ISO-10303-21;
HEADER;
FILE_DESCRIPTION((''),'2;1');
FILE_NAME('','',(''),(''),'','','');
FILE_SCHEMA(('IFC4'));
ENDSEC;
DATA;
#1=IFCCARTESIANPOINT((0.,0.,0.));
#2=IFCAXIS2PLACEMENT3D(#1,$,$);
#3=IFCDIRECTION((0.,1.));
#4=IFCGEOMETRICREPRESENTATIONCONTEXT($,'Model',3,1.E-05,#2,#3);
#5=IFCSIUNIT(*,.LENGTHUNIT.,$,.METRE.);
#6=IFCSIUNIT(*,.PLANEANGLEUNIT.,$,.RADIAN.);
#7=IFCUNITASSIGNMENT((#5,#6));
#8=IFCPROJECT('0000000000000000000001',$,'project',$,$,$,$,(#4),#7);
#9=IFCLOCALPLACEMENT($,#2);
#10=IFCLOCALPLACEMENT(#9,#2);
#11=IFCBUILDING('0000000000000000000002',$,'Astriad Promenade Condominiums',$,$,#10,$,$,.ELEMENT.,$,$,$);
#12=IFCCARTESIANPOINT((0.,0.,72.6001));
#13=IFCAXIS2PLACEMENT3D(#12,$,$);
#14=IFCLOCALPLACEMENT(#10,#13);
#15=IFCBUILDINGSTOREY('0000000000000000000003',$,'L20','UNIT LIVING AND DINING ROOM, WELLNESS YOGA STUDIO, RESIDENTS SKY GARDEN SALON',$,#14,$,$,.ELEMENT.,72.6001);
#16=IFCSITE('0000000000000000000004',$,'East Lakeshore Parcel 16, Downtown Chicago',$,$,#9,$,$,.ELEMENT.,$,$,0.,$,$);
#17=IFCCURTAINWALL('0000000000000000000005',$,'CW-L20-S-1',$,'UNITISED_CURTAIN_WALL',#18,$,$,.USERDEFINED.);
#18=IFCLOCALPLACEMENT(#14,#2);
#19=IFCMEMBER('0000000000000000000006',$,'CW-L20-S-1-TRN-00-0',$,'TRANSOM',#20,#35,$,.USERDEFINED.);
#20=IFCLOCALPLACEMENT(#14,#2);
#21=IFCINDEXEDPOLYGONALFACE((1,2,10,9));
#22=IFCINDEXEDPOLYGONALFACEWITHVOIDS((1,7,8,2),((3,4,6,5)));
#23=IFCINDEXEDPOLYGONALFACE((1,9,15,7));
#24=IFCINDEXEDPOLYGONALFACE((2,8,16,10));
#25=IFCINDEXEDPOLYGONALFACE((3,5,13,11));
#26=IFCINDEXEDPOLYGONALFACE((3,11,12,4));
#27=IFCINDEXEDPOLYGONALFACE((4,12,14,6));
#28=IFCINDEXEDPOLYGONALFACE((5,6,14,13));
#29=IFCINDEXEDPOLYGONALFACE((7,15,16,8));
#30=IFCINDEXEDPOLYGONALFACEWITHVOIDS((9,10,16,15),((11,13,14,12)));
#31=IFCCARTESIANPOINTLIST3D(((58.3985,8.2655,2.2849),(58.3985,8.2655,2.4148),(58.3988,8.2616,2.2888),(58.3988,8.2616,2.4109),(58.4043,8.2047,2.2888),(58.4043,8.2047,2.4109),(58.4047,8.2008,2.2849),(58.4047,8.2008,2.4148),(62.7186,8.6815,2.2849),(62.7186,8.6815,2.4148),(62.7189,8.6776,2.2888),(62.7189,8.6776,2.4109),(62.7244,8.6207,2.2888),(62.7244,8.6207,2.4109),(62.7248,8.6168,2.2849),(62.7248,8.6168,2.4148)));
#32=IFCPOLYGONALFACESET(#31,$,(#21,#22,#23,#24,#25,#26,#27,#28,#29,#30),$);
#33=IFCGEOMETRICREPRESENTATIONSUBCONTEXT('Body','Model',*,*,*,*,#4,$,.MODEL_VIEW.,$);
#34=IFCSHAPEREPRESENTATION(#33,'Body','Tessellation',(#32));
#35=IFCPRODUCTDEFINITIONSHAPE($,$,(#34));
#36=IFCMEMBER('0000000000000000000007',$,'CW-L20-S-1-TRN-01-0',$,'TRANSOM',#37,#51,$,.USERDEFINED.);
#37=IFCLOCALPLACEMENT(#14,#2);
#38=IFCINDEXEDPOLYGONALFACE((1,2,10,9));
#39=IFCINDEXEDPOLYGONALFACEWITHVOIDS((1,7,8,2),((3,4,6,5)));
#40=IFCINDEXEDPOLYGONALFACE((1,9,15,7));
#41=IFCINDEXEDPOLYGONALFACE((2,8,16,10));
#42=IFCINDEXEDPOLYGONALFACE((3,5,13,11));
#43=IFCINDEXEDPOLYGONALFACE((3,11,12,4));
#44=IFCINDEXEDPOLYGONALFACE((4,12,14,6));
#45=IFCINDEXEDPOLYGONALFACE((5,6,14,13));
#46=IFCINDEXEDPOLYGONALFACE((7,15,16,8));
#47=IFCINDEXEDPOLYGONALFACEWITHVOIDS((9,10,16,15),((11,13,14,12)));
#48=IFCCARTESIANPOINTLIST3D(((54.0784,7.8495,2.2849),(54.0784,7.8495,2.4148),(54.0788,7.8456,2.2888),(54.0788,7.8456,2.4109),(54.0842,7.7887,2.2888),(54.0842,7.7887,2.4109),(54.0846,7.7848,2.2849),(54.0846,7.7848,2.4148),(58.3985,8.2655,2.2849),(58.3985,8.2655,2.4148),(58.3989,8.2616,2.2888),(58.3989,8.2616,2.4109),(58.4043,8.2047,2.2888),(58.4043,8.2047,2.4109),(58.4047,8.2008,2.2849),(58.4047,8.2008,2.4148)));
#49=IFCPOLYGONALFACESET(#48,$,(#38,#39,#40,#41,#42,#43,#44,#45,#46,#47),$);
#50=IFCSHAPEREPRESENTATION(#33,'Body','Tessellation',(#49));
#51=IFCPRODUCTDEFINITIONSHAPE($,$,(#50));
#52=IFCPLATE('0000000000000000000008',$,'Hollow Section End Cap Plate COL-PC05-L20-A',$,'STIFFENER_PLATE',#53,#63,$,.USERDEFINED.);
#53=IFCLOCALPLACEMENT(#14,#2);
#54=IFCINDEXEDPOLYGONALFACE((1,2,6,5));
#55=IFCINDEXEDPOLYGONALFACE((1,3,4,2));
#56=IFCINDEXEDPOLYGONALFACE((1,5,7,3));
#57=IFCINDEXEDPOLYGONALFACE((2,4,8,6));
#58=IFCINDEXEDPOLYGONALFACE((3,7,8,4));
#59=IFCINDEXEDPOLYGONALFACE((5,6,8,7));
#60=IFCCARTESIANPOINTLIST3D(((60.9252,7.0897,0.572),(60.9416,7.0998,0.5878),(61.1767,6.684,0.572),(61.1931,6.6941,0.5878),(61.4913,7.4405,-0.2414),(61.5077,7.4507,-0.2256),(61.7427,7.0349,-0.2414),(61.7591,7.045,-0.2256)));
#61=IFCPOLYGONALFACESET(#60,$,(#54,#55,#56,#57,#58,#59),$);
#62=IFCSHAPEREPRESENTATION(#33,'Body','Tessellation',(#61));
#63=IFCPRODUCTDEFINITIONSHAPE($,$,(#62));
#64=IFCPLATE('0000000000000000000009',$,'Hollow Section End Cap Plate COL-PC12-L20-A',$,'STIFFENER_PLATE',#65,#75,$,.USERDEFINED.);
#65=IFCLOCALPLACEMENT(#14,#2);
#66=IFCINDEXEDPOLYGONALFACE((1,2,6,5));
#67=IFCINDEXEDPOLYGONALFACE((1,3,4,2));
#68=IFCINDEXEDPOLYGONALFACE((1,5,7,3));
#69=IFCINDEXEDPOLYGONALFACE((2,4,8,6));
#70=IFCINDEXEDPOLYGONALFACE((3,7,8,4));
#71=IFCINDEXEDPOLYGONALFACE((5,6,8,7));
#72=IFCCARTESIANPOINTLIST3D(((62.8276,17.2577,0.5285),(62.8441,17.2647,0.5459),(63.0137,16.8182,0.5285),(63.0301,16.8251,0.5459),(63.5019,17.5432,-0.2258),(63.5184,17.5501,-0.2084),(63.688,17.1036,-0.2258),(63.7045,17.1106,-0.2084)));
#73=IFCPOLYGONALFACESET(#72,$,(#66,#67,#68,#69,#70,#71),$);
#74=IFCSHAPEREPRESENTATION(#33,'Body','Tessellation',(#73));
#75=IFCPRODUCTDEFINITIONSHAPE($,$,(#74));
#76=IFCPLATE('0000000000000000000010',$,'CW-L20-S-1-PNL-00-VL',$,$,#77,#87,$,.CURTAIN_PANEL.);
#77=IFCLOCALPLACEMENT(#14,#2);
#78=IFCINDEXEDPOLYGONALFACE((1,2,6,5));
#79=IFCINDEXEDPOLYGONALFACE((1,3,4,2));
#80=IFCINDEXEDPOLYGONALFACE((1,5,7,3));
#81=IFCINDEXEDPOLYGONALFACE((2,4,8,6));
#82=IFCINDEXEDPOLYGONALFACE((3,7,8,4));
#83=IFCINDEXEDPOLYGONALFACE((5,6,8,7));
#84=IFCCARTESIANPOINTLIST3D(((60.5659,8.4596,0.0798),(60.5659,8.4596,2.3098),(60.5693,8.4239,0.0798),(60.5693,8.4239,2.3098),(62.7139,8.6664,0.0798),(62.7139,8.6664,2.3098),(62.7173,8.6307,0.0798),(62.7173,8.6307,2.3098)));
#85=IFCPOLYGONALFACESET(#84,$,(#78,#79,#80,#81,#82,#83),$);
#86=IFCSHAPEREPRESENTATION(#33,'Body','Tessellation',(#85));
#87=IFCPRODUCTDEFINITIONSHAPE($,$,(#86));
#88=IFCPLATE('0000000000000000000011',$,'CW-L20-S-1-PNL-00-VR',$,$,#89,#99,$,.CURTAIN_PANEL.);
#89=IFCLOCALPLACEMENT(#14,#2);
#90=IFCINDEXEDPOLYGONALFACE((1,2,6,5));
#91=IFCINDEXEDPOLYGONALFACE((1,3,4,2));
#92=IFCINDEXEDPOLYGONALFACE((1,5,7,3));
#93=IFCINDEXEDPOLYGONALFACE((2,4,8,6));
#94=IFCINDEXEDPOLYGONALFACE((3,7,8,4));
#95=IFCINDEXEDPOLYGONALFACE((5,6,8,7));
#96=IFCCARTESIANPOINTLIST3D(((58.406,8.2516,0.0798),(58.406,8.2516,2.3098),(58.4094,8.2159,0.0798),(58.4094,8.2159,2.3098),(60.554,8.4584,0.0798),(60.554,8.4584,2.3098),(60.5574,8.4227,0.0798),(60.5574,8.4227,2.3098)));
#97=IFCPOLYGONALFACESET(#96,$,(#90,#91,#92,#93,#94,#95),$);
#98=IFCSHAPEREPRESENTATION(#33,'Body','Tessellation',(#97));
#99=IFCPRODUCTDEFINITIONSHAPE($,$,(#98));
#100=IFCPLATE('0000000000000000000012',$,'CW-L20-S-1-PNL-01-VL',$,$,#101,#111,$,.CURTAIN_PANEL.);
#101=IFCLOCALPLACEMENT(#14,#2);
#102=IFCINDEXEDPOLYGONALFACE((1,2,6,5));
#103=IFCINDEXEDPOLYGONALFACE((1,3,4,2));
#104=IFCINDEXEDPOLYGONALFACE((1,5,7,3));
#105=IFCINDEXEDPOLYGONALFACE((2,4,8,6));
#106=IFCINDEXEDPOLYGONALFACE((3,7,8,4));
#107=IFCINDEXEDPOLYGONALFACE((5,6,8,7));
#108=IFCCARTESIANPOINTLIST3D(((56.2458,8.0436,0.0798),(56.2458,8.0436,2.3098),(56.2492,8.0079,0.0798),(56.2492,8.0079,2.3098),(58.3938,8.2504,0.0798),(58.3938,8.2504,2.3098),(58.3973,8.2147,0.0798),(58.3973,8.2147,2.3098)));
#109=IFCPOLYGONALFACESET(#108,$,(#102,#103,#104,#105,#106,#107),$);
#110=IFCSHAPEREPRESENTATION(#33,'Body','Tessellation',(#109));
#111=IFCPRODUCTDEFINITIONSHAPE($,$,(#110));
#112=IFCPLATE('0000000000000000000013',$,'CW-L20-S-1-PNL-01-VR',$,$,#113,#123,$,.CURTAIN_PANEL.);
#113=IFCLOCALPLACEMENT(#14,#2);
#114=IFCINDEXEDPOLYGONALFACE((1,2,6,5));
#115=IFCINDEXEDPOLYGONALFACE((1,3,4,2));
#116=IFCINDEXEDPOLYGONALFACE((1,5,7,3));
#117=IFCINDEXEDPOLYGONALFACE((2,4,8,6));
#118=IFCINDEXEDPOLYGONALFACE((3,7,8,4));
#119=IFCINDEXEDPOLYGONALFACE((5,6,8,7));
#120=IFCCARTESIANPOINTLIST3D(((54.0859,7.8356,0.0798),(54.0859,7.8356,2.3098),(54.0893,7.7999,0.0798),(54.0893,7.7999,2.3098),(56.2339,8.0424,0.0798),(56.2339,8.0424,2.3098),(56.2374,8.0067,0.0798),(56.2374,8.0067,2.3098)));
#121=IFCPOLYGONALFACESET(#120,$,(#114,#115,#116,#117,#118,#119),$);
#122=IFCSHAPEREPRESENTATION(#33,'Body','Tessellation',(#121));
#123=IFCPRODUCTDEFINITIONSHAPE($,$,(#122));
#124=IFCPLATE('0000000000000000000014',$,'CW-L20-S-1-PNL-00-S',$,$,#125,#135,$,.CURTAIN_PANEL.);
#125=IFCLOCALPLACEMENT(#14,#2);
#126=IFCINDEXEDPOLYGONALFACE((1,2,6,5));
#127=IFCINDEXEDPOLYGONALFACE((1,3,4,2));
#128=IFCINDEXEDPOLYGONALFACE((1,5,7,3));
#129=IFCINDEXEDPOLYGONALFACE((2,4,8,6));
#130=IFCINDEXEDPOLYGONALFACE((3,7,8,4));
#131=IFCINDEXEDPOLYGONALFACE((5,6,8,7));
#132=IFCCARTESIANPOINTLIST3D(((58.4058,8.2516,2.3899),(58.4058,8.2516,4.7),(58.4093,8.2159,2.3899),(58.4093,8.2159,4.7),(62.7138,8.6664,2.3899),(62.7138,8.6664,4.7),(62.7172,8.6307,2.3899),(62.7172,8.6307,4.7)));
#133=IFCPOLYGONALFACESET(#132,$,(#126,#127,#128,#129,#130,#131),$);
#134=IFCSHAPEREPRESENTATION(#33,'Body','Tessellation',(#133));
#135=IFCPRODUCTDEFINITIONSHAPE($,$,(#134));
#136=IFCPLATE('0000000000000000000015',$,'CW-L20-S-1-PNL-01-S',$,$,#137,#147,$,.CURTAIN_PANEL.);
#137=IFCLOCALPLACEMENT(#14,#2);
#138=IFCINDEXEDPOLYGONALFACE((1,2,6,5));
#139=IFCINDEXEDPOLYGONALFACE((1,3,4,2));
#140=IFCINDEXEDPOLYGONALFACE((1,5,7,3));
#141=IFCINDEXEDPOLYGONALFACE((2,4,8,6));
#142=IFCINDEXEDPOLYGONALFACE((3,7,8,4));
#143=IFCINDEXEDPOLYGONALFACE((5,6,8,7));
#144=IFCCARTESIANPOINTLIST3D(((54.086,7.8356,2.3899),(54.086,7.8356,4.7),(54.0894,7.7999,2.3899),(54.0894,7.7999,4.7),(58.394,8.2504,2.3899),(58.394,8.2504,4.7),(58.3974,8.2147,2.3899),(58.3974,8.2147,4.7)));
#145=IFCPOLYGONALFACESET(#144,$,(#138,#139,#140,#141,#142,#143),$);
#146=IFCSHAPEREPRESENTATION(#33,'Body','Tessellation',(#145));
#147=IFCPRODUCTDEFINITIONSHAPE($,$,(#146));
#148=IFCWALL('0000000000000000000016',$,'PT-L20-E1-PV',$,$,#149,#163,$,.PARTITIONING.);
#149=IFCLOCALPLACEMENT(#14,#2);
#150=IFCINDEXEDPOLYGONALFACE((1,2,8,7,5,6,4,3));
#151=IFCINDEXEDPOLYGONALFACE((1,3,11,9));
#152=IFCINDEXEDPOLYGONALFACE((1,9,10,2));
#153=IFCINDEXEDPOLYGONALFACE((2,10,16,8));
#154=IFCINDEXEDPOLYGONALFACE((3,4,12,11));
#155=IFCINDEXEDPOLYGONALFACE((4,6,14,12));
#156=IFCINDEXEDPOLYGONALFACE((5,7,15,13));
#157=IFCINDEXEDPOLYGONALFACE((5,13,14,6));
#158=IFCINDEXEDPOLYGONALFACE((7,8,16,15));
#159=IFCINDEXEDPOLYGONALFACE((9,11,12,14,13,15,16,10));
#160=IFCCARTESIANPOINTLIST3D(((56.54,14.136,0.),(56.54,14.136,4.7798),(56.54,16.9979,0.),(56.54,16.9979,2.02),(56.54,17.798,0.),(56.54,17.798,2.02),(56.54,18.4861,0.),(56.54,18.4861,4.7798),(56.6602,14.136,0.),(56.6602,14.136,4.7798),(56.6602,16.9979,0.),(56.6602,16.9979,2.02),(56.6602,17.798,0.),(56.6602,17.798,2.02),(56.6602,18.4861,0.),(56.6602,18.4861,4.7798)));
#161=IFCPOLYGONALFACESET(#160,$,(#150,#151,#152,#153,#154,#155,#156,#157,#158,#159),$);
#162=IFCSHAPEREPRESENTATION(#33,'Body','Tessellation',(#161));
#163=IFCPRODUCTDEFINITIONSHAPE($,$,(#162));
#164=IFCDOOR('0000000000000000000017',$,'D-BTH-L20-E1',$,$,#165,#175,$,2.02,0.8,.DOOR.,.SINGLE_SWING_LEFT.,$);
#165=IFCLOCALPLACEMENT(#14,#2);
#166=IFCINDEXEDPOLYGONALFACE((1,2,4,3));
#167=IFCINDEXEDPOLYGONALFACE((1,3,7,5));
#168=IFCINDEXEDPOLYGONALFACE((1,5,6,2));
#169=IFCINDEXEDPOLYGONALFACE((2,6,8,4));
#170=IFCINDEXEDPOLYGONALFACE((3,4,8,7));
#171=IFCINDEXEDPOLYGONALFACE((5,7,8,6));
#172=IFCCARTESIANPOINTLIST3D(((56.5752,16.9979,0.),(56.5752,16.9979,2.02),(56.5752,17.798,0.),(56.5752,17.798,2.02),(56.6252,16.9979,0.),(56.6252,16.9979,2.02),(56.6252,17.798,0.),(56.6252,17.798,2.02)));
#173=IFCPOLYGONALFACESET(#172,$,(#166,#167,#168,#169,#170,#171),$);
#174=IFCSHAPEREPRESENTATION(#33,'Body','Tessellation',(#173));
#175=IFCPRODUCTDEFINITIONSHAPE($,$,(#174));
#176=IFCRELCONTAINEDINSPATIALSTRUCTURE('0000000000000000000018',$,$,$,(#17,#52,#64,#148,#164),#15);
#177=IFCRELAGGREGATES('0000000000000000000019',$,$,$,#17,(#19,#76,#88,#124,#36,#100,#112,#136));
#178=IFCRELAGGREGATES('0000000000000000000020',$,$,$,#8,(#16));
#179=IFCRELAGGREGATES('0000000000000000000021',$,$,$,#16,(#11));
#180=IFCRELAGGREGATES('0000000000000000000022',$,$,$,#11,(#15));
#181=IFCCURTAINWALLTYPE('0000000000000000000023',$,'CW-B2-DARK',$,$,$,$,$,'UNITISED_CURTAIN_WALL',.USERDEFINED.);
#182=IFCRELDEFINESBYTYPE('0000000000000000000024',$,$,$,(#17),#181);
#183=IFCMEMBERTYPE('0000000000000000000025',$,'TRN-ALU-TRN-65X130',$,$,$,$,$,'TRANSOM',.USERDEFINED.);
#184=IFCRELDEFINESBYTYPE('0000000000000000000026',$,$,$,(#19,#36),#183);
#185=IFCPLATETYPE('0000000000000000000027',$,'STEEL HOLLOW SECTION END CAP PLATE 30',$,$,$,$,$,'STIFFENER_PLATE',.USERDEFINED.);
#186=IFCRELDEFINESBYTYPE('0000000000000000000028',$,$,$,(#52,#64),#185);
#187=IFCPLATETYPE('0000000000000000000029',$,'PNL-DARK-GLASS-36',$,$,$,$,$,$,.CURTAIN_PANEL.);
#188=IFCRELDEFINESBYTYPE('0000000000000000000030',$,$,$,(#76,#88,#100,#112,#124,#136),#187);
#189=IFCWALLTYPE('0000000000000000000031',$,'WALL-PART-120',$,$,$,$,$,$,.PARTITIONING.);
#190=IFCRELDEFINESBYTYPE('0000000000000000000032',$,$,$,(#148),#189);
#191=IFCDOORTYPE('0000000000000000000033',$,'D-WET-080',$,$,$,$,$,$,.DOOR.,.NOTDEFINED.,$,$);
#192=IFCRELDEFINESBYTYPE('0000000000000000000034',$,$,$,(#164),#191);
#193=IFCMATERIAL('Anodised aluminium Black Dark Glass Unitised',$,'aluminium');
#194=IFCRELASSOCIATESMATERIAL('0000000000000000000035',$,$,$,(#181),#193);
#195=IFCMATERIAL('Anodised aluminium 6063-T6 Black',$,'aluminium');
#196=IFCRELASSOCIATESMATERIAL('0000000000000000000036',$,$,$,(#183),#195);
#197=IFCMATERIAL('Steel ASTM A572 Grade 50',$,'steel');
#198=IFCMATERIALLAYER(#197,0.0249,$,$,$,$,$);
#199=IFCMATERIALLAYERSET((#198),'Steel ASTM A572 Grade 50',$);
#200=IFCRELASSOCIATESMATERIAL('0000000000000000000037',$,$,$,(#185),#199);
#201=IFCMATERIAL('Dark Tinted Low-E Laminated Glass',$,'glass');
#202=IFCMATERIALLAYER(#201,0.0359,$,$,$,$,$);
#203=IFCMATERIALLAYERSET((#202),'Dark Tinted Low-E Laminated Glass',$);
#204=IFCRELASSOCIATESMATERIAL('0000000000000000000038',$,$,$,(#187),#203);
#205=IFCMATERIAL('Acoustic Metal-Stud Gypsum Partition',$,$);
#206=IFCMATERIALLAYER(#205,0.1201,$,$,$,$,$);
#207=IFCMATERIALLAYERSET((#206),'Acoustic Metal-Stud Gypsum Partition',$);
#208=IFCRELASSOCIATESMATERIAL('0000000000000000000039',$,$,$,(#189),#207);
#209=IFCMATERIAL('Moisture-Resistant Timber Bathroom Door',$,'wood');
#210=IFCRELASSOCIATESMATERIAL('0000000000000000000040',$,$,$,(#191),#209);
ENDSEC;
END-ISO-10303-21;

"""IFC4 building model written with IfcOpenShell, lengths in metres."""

from ifc_helpers import new_model, si_unit, direction, frame, frame_2d, origin, origin_2d, place, context, subcontext, project, spatial, rectangle, hollow_rectangle, extrude, source, transform, mapped, material, layer, layer_set, material_profile, profile_set, type_object, type_shapes, element, fill, aggregate, save


model = new_model("IFC4")

# Units and contexts
model_context = context("Model", 3, precision=1e-05, world=origin(), true_north=direction((0.0, 1.0)))
body_context = subcontext(model_context, "Body", "Model", "MODEL_VIEW")
ifc_project = project(units=[si_unit("LENGTHUNIT", "METRE"), si_unit("PLANEANGLEUNIT", "RADIAN")], contexts=[model_context])

# Site, building, storey
site_placement = place(None, origin())
site = spatial("IfcSite", under=ifc_project, at=site_placement, Name="East Lakeshore Parcel 16, Downtown Chicago", CompositionType="ELEMENT", RefElevation=0.0)
building_placement = place(site_placement, origin())
building = spatial("IfcBuilding", under=site, at=building_placement, Name="Astriad Promenade Condominiums", CompositionType="ELEMENT")
storey_placement = place(building_placement, frame((0.0, 0.0, 72.6001)))
storey = spatial("IfcBuildingStorey", under=building, at=storey_placement, Name="L20", Description="UNIT LIVING AND DINING ROOM, WELLNESS YOGA STUDIO, RESIDENTS SKY GARDEN SALON", CompositionType="ELEMENT", Elevation=72.6001)

# Curtain wall, members
ifc_material_1 = material(Name="Anodised aluminium Black Dark Glass Unitised", Category="aluminium")
curtain_wall_type = type_object("IfcCurtainWallType", Name="CW-B2-DARK", ElementType="UNITISED_CURTAIN_WALL", PredefinedType="USERDEFINED", material=ifc_material_1)
curtain_wall_placement = place(storey_placement, origin())
curtain_wall = element("IfcCurtainWall", 1, at=curtain_wall_placement, inside=storey, type_object=curtain_wall_type, Name="CW-L20-S-1", ObjectType="UNITISED_CURTAIN_WALL", PredefinedType="USERDEFINED")
ifc_material_2 = material(Name="Anodised aluminium 6063-T6 Black", Category="aluminium")
ifc_material_profile_1 = material_profile(ifc_material_2, hollow_rectangle(XDim=0.0649, YDim=0.1299, WallThickness=0.0039, at=origin_2d()), Name="ALU-TRN-65X130")
ifc_profile_set_1 = profile_set([ifc_material_profile_1], Name="Anodised aluminium 6063-T6 Black")
member_type_1 = type_object("IfcMemberType", Name="TRN-ALU-TRN-65X130", ElementType="TRANSOM", PredefinedType="USERDEFINED", material=ifc_profile_set_1)
shared_shape_1 = source(origin(), body_context, "Body", "SweptSolid", [
    extrude(hollow_rectangle(XDim=0.0649, YDim=0.1299, WallThickness=0.0039, at=origin_2d()), origin(), (0.0, 0.0, 1.0), 4.3401),
])
type_shapes(member_type_1, [shared_shape_1])
member_1_placement = place(storey_placement, frame((62.7217, 8.6492, 2.3499), z_axis=(-0.995395, -0.095855, 0.0), x_axis=(0.095855, -0.995395, 0.0)))
member_1 = element("IfcMember", 2, at=member_1_placement, type_object=member_type_1, Name="CW-L20-S-1-TRN-00-0", ObjectType="TRANSOM", PredefinedType="USERDEFINED", context=body_context, shape_type="MappedRepresentation", body=[
    mapped(shared_shape_1, transform((0.0, 0.0, 0.0), scale=1.0)),
])
member_2_placement = place(storey_placement, frame((58.4016, 8.2332, 2.3499), z_axis=(-0.995395, -0.095855, 0.0), x_axis=(0.095855, -0.995395, 0.0)))
member_2 = element("IfcMember", 3, at=member_2_placement, type_object=member_type_1, Name="CW-L20-S-1-TRN-01-0", ObjectType="TRANSOM", PredefinedType="USERDEFINED", context=body_context, shape_type="MappedRepresentation", body=[
    mapped(shared_shape_1, transform((0.0, 0.0, 0.0), scale=1.0)),
])

# Plates
ifc_material_3 = material(Name="Steel ASTM A572 Grade 50", Category="steel")
ifc_layer_1 = layer(ifc_material_3, 0.0249)
ifc_layer_set_1 = layer_set([ifc_layer_1], Name="Steel ASTM A572 Grade 50")
plate_type_1 = type_object("IfcPlateType", Name="STEEL HOLLOW SECTION END CAP PLATE 30", ElementType="STIFFENER_PLATE", PredefinedType="USERDEFINED", material=ifc_layer_set_1)
shared_shape_2 = source(origin(), body_context, "Body", "SweptSolid", [
    extrude(rectangle(XDim=0.4773, YDim=1.0513, at=origin_2d()), origin(), (0.0, 0.0, 1.0), 0.0249),
])
type_shapes(plate_type_1, [shared_shape_2])
for number, where, z_axis, x_axis, name in (
    (4, (61.334, 7.0623, 0.1653), (0.657639, 0.407656, 0.633504), (-0.526865, 0.849949, 0.0), "Hollow Section End Cap Plate COL-PC05-L20-A"),
    (5, (63.2578, 17.1807, 0.1514), (0.660734, 0.279735, 0.696548), (-0.38987, 0.92087, 0.0), "Hollow Section End Cap Plate COL-PC12-L20-A"),
):
    element("IfcPlate", number, at=place(storey_placement, frame(where, z_axis=z_axis, x_axis=x_axis)), inside=storey, type_object=plate_type_1, Name=name, ObjectType="STIFFENER_PLATE", PredefinedType="USERDEFINED", context=body_context, shape_type="MappedRepresentation", body=[
        mapped(shared_shape_2, transform((0.0, 0.0, 0.0), scale=1.0)),
    ])

# Plates
ifc_material_4 = material(Name="Dark Tinted Low-E Laminated Glass", Category="glass")
ifc_layer_2 = layer(ifc_material_4, 0.0359)
ifc_layer_set_2 = layer_set([ifc_layer_2], Name="Dark Tinted Low-E Laminated Glass")
plate_type_2 = type_object("IfcPlateType", Name="PNL-DARK-GLASS-36", PredefinedType="CURTAIN_PANEL", material=ifc_layer_set_2)
shared_shape_3 = source(origin(), body_context, "Body", "SweptSolid", [
    extrude(rectangle(XDim=2.158, YDim=0.0359, at=origin_2d()), origin(), (0.0, 0.0, 1.0), 2.23),
])
plate_1_placement = place(storey_placement, frame((61.6416, 8.5452, 0.0798), z_axis=(0.0, 0.0, 1.0), x_axis=(-0.995396, -0.095846, 0.0)))
plate_1 = element("IfcPlate", 6, at=plate_1_placement, type_object=plate_type_2, Name="CW-L20-S-1-PNL-00-VL", PredefinedType="CURTAIN_PANEL", context=body_context, shape_type="MappedRepresentation", body=[
    mapped(shared_shape_3, transform((0.0, 0.0, 0.0), scale=1.0)),
])
plate_2_placement = place(storey_placement, frame((59.4817, 8.3372, 0.0798), z_axis=(0.0, 0.0, 1.0), x_axis=(-0.995396, -0.095846, 0.0)))
plate_2 = element("IfcPlate", 7, at=plate_2_placement, type_object=plate_type_2, Name="CW-L20-S-1-PNL-00-VR", PredefinedType="CURTAIN_PANEL", context=body_context, shape_type="MappedRepresentation", body=[
    mapped(shared_shape_3, transform((0.0, 0.0, 0.0), scale=1.0)),
])
plate_3_placement = place(storey_placement, frame((57.3215, 8.1292, 0.0798), z_axis=(0.0, 0.0, 1.0), x_axis=(-0.995396, -0.095846, 0.0)))
plate_3 = element("IfcPlate", 8, at=plate_3_placement, type_object=plate_type_2, Name="CW-L20-S-1-PNL-01-VL", PredefinedType="CURTAIN_PANEL", context=body_context, shape_type="MappedRepresentation", body=[
    mapped(shared_shape_3, transform((0.0, 0.0, 0.0), scale=1.0)),
])
plate_4_placement = place(storey_placement, frame((55.1616, 7.9211, 0.0798), z_axis=(0.0, 0.0, 1.0), x_axis=(-0.995396, -0.095846, 0.0)))
plate_4 = element("IfcPlate", 9, at=plate_4_placement, type_object=plate_type_2, Name="CW-L20-S-1-PNL-01-VR", PredefinedType="CURTAIN_PANEL", context=body_context, shape_type="MappedRepresentation", body=[
    mapped(shared_shape_3, transform((0.0, 0.0, 0.0), scale=1.0)),
])
shared_shape_4 = source(origin(), body_context, "Body", "SweptSolid", [
    extrude(rectangle(XDim=4.3279, YDim=0.0359, at=origin_2d()), origin(), (0.0, 0.0, 1.0), 2.3101),
])
type_shapes(plate_type_2, [shared_shape_3, shared_shape_4])
plate_5_placement = place(storey_placement, frame((60.5615, 8.4412, 2.3899), z_axis=(0.0, 0.0, 1.0), x_axis=(-0.995396, -0.095846, 0.0)))
plate_5 = element("IfcPlate", 10, at=plate_5_placement, type_object=plate_type_2, Name="CW-L20-S-1-PNL-00-S", PredefinedType="CURTAIN_PANEL", context=body_context, shape_type="MappedRepresentation", body=[
    mapped(shared_shape_4, transform((0.0, 0.0, 0.0), scale=1.0)),
])
plate_6_placement = place(storey_placement, frame((56.2417, 8.0251, 2.3899), z_axis=(0.0, 0.0, 1.0), x_axis=(-0.995396, -0.095846, 0.0)))
plate_6 = element("IfcPlate", 11, at=plate_6_placement, type_object=plate_type_2, Name="CW-L20-S-1-PNL-01-S", PredefinedType="CURTAIN_PANEL", context=body_context, shape_type="MappedRepresentation", body=[
    mapped(shared_shape_4, transform((0.0, 0.0, 0.0), scale=1.0)),
])
aggregate(curtain_wall, [member_1, plate_1, plate_2, plate_5, member_2, plate_3, plate_4, plate_6])

# Wall, opening, door
ifc_material_5 = material(Name="Acoustic Metal-Stud Gypsum Partition")
ifc_layer_3 = layer(ifc_material_5, 0.1201)
ifc_layer_set_3 = layer_set([ifc_layer_3], Name="Acoustic Metal-Stud Gypsum Partition")
wall_type = type_object("IfcWallType", Name="WALL-PART-120", PredefinedType="PARTITIONING", material=ifc_layer_set_3)
wall_1_placement = place(storey_placement, frame((56.6001, 14.136, 0.0), z_axis=(0.0, 0.0, 1.0), x_axis=(0.0, 1.0, 0.0)))
wall_1 = element("IfcWall", 12, at=wall_1_placement, inside=storey, type_object=wall_type, Name="PT-L20-E1-PV", PredefinedType="PARTITIONING", context=body_context, shape_type="SweptSolid", body=[
    extrude(rectangle(XDim=4.3501, YDim=0.1201, at=frame_2d((2.175, 0.0))), origin(), (0.0, 0.0, 1.0), 4.7798),
])
opening_1_placement = place(wall_1_placement, frame((2.8621, 0.0, 0.0)))
opening_1 = element("IfcOpeningElement", 13, at=opening_1_placement, cuts=wall_1, PredefinedType="OPENING", context=body_context, shape_type="SweptSolid", body=[
    extrude(rectangle(XDim=0.8, YDim=2.02, at=frame_2d((0.3999, 1.01))), frame((0.0, 0.0701, 0.0), z_axis=(0.0, -1.0, 0.0), x_axis=(1.0, 0.0, 0.0)), (0.0, 0.0, 1.0), 0.1401),
])
ifc_material_6 = material(Name="Moisture-Resistant Timber Bathroom Door", Category="wood")
door_type_1 = type_object("IfcDoorType", Name="D-WET-080", OperationType="NOTDEFINED", PredefinedType="DOOR", material=ifc_material_6)
shared_shape_5 = source(origin(), body_context, "Body", "SweptSolid", [
    extrude(rectangle(XDim=0.8, YDim=2.02, at=frame_2d((0.3999, 1.01))), frame((0.0, 0.0249, 0.0), z_axis=(0.0, -1.0, 0.0), x_axis=(1.0, 0.0, 0.0)), (0.0, 0.0, 1.0), 0.05),
])
type_shapes(door_type_1, [shared_shape_5])
door_1_placement = place(opening_1_placement, origin())
door_1 = element("IfcDoor", 14, at=door_1_placement, inside=storey, type_object=door_type_1, Name="D-BTH-L20-E1", OperationType="SINGLE_SWING_LEFT", OverallHeight=2.02, OverallWidth=0.8, PredefinedType="DOOR", context=body_context, shape_type="MappedRepresentation", body=[
    mapped(shared_shape_5, transform((0.0, 0.0, 0.0), scale=1.0)),
])
fill(opening_1, door_1)

save(model, "model.ifc")
